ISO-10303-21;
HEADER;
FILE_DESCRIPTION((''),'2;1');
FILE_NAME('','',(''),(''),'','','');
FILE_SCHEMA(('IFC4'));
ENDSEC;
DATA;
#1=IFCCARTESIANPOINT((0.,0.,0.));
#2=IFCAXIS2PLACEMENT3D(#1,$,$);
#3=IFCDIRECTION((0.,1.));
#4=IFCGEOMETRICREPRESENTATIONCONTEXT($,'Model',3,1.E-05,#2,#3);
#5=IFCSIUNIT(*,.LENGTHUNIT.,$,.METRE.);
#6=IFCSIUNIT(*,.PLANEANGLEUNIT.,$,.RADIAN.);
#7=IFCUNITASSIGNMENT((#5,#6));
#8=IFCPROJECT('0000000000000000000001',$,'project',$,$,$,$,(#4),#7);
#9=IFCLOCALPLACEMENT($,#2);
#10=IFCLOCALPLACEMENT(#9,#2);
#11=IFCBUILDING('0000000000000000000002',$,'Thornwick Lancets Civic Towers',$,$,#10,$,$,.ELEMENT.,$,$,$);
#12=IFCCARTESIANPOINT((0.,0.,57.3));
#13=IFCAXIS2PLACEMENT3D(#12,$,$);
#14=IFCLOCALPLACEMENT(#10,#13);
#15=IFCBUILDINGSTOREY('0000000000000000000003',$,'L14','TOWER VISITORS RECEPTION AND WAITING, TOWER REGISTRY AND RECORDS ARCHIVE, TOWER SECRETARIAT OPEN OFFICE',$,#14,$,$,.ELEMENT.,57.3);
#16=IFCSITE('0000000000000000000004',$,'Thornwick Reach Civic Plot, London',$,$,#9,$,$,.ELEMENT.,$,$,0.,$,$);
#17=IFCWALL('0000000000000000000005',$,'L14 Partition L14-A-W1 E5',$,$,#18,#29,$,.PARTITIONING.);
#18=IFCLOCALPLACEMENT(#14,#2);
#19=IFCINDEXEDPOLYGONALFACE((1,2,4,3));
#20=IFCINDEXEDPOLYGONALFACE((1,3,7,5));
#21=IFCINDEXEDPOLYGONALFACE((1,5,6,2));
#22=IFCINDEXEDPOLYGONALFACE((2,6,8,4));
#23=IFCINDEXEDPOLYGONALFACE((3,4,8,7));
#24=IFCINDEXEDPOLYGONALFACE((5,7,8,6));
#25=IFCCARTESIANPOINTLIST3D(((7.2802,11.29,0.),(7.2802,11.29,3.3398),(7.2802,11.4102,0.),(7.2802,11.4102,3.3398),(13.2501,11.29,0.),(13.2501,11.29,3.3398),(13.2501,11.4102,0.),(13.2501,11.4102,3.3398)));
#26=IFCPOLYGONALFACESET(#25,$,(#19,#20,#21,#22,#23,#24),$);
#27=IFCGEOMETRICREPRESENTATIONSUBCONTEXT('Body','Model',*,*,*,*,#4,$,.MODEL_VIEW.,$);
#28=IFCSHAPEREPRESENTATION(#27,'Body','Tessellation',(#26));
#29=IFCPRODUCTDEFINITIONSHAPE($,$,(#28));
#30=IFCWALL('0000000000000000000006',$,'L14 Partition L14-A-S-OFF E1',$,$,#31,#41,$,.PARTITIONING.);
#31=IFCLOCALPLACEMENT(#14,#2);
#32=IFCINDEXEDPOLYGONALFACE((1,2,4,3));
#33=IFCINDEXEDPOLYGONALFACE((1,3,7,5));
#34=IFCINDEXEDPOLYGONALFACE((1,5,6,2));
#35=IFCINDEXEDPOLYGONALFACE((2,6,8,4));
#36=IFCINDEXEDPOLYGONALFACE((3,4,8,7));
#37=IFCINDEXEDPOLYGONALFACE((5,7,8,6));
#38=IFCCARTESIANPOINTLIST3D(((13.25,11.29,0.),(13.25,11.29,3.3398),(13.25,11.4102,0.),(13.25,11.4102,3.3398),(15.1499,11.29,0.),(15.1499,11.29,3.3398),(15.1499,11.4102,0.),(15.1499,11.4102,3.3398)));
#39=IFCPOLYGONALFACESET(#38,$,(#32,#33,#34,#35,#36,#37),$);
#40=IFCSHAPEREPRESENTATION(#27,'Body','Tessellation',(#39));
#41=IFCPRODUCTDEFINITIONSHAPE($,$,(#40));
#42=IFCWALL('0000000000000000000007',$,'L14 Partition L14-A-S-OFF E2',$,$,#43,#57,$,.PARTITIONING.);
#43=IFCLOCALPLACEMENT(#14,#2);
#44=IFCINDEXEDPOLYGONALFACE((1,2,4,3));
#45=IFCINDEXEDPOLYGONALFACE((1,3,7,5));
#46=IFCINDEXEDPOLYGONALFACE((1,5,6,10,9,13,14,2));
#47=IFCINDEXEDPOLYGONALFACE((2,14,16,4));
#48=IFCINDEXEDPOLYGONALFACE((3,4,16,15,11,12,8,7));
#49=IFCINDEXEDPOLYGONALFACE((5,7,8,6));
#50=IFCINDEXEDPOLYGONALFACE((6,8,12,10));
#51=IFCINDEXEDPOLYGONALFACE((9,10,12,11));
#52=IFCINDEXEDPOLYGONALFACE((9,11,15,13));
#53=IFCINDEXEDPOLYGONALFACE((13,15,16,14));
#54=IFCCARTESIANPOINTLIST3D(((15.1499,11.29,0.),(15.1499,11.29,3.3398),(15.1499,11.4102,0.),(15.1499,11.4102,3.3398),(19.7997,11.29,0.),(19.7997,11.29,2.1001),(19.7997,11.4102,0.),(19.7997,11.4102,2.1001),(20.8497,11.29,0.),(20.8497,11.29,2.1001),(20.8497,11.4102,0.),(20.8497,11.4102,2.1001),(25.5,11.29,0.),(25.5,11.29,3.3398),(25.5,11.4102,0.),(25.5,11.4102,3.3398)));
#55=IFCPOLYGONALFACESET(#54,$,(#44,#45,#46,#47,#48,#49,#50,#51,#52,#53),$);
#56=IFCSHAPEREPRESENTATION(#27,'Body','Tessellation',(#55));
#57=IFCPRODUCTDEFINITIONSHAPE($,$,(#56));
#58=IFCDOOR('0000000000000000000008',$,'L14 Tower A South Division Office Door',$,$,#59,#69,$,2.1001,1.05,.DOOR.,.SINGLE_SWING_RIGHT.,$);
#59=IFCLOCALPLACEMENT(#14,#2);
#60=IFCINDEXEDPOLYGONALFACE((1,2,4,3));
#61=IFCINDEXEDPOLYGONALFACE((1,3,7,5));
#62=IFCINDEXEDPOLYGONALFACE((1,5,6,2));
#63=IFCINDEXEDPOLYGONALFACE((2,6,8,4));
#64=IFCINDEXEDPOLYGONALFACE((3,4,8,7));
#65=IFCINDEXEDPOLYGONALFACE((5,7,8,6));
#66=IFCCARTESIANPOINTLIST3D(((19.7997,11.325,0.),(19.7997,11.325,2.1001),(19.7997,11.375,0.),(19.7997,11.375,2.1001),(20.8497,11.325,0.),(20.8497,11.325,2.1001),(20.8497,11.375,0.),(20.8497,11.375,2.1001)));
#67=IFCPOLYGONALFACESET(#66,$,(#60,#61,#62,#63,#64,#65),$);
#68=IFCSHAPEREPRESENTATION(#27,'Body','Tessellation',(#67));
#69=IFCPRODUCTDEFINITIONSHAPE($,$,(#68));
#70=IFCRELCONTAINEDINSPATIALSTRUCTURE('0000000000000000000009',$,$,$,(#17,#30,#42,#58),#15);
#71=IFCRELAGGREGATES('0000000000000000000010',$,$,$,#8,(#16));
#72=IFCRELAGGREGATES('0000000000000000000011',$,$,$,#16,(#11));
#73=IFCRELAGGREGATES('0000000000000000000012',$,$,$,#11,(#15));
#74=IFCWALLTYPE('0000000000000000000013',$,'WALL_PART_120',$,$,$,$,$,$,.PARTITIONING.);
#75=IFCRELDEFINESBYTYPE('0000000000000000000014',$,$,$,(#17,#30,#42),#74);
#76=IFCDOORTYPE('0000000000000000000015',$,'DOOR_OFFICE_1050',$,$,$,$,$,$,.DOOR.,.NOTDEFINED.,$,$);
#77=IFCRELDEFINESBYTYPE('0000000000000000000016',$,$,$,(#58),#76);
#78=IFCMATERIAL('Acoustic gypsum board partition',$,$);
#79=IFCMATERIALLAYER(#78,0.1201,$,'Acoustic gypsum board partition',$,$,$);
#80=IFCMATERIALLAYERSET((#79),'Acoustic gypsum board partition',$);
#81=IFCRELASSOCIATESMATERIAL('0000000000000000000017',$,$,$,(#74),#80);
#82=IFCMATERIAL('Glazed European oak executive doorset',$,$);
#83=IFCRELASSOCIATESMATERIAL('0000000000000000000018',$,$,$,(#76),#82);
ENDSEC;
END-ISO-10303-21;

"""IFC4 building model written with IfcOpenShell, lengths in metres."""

from ifc_helpers import new_model, si_unit, direction, frame, frame_2d, origin, place, context, subcontext, project, spatial, rectangle, extrude, material, layer, layer_set, type_object, element, fill, save


model = new_model("IFC4")

# Units and contexts
model_context = context("Model", 3, precision=1e-05, world=origin(), true_north=direction((0.0, 1.0)))
body_context = subcontext(model_context, "Body", "Model", "MODEL_VIEW")
ifc_project = project(units=[si_unit("LENGTHUNIT", "METRE"), si_unit("PLANEANGLEUNIT", "RADIAN")], contexts=[model_context])

# Site, building, storey
site_placement = place(None, origin())
site = spatial("IfcSite", under=ifc_project, at=site_placement, Name="Thornwick Reach Civic Plot, London", CompositionType="ELEMENT", RefElevation=0.0)
building_placement = place(site_placement, origin())
building = spatial("IfcBuilding", under=site, at=building_placement, Name="Thornwick Lancets Civic Towers", CompositionType="ELEMENT")
storey_placement = place(building_placement, frame((0.0, 0.0, 57.3)))
storey = spatial("IfcBuildingStorey", under=building, at=storey_placement, Name="L14", Description="TOWER VISITORS RECEPTION AND WAITING, TOWER REGISTRY AND RECORDS ARCHIVE, TOWER SECRETARIAT OPEN OFFICE", CompositionType="ELEMENT", Elevation=57.3)

# Shared definitions
ifc_material_1 = material(Name="Acoustic gypsum board partition")
ifc_layer_1 = layer(ifc_material_1, 0.1201, Name="Acoustic gypsum board partition")
ifc_layer_set_1 = layer_set([ifc_layer_1], Name="Acoustic gypsum board partition")
wall_type = type_object("IfcWallType", Name="WALL_PART_120", PredefinedType="PARTITIONING", material=ifc_layer_set_1)
ifc_material_2 = material(Name="Glazed European oak executive doorset")
door_type = type_object("IfcDoorType", Name="DOOR_OFFICE_1050", OperationType="NOTDEFINED", PredefinedType="DOOR", material=ifc_material_2)

# Walls
wall_1_placement = place(storey_placement, frame((13.25, 11.3501, 0.0), z_axis=(0.0, 0.0, 1.0), x_axis=(-1.0, 0.0, 0.0)))
element("IfcWall", 1, at=wall_1_placement, inside=storey, type_object=wall_type, Name="L14 Partition L14-A-W1 E5", PredefinedType="PARTITIONING", context=body_context, shape_type="SweptSolid", body=[
    extrude(rectangle(XDim=5.97, YDim=0.1201, at=frame_2d((2.9849, 0.0))), origin(), (0.0, 0.0, 1.0), 3.3398),
])
wall_2_placement = place(storey_placement, frame((13.25, 11.3501, 0.0), z_axis=(0.0, 0.0, 1.0), x_axis=(1.0, 0.0, 0.0)))
element("IfcWall", 2, at=wall_2_placement, inside=storey, type_object=wall_type, Name="L14 Partition L14-A-S-OFF E1", PredefinedType="PARTITIONING", context=body_context, shape_type="SweptSolid", body=[
    extrude(rectangle(XDim=1.8999, YDim=0.1201, at=frame_2d((0.95, 0.0))), origin(), (0.0, 0.0, 1.0), 3.3398),
])

# Wall, opening, door
wall_3_placement = place(storey_placement, frame((15.1499, 11.3501, 0.0), z_axis=(0.0, 0.0, 1.0), x_axis=(1.0, 0.0, 0.0)))
wall_3 = element("IfcWall", 3, at=wall_3_placement, inside=storey, type_object=wall_type, Name="L14 Partition L14-A-S-OFF E2", PredefinedType="PARTITIONING", context=body_context, shape_type="SweptSolid", body=[
    extrude(rectangle(XDim=10.3501, YDim=0.1201, at=frame_2d((5.175, 0.0))), origin(), (0.0, 0.0, 1.0), 3.3398),
])
opening_1_placement = place(wall_3_placement, frame((4.6499, 0.0, 0.0)))
opening_1 = element("IfcOpeningElement", 4, at=opening_1_placement, cuts=wall_3, PredefinedType="OPENING", context=body_context, shape_type="SweptSolid", body=[
    extrude(rectangle(XDim=1.05, YDim=2.1001, at=frame_2d((0.5249, 1.05))), frame((0.0, 0.0701, 0.0), z_axis=(0.0, -1.0, 0.0), x_axis=(1.0, 0.0, 0.0)), (0.0, 0.0, 1.0), 0.1401),
])
door_1_placement = place(opening_1_placement, origin())
door_1 = element("IfcDoor", 5, at=door_1_placement, inside=storey, type_object=door_type, Name="L14 Tower A South Division Office Door", OperationType="SINGLE_SWING_RIGHT", OverallHeight=2.1001, OverallWidth=1.05, PredefinedType="DOOR", context=body_context, shape_type="SweptSolid", body=[
    extrude(rectangle(XDim=1.05, YDim=2.1001, at=frame_2d((0.5249, 1.05))), frame((0.0, 0.0249, 0.0), z_axis=(0.0, -1.0, 0.0), x_axis=(1.0, 0.0, 0.0)), (0.0, 0.0, 1.0), 0.05),
])
fill(opening_1, door_1)

save(model, "model.ifc")
